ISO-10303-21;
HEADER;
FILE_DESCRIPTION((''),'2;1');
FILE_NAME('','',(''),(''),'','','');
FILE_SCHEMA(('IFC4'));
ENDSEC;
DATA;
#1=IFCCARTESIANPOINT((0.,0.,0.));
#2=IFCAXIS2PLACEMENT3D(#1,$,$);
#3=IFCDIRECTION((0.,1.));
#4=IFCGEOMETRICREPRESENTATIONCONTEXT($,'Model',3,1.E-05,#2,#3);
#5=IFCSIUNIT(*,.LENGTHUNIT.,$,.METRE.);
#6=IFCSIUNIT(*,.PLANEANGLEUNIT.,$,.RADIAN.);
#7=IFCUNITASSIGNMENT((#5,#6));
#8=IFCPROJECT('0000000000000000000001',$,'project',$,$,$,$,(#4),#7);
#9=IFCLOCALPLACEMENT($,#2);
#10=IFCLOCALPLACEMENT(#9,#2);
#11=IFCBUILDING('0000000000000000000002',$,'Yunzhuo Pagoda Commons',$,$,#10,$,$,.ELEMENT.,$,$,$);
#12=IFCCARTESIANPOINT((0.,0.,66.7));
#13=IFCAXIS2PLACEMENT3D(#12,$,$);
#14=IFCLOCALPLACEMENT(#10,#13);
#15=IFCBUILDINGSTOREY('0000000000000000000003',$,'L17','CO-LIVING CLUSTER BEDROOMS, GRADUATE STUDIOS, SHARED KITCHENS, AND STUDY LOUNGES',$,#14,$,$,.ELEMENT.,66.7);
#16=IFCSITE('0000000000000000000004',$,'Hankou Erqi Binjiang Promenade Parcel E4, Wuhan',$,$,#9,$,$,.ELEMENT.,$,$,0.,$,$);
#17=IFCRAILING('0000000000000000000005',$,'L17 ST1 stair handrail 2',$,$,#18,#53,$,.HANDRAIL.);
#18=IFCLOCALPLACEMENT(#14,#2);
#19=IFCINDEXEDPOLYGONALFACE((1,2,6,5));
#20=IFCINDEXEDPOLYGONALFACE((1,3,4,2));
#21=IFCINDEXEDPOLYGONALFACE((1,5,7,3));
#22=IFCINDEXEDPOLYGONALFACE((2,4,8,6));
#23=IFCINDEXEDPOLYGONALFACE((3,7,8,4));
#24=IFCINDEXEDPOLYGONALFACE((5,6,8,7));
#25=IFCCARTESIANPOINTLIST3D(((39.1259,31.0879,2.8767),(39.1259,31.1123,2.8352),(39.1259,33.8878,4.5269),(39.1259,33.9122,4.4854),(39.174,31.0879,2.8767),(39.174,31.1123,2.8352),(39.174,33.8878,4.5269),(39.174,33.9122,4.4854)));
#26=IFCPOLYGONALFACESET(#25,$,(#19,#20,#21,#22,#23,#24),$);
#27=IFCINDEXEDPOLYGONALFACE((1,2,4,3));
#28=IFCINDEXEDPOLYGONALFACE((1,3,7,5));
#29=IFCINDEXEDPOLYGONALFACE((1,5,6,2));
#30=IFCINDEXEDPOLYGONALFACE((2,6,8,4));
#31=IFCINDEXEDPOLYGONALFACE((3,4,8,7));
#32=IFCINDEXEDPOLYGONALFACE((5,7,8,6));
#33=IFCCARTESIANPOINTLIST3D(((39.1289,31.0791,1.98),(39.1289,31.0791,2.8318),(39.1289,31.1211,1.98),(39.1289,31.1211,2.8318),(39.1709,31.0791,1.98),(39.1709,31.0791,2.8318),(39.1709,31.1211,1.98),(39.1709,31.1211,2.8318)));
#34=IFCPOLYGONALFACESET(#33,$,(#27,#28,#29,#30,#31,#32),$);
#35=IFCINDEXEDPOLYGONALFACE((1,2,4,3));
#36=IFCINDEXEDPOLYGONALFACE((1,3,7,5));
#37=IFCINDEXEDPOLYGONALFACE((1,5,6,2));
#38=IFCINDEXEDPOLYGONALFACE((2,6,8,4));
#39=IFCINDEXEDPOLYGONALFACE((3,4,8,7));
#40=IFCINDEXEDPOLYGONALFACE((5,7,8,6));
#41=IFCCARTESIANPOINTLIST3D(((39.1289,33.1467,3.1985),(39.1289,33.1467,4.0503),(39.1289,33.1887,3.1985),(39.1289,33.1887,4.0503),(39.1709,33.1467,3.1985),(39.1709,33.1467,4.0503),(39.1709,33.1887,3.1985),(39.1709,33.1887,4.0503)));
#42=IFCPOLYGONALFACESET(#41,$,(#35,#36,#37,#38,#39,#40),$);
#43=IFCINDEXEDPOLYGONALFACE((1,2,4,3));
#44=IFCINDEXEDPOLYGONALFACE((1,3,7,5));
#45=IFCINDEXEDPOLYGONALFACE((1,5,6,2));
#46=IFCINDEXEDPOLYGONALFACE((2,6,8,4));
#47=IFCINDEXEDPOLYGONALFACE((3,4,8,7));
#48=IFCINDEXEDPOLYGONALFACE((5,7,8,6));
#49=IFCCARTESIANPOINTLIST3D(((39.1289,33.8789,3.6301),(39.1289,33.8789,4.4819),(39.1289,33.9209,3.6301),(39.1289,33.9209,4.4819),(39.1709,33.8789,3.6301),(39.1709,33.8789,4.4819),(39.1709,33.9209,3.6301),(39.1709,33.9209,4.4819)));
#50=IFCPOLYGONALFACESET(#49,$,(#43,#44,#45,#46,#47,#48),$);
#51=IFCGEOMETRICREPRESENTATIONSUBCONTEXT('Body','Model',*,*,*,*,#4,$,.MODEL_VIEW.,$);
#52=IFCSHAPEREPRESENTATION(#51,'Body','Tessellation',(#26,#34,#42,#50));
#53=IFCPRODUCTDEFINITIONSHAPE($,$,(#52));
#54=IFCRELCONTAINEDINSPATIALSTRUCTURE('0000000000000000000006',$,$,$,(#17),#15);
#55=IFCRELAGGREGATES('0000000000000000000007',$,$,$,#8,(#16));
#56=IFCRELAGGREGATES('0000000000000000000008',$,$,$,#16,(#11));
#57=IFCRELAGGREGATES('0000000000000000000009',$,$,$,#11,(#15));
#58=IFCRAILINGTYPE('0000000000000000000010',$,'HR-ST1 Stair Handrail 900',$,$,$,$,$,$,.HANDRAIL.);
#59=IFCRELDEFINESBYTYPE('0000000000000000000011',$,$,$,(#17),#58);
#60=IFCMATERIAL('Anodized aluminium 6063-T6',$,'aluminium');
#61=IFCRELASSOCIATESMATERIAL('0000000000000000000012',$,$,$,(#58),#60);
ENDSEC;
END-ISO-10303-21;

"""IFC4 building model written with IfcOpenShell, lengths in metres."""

from ifc_helpers import new_model, si_unit, direction, frame, origin, origin_2d, place, context, subcontext, project, spatial, rectangle, extrude, material, type_object, element, save


model = new_model("IFC4")

# Units and contexts
model_context = context("Model", 3, precision=1e-05, world=origin(), true_north=direction((0.0, 1.0)))
body_context = subcontext(model_context, "Body", "Model", "MODEL_VIEW")
ifc_project = project(units=[si_unit("LENGTHUNIT", "METRE"), si_unit("PLANEANGLEUNIT", "RADIAN")], contexts=[model_context])

# Site, building, storey
site_placement = place(None, origin())
site = spatial("IfcSite", under=ifc_project, at=site_placement, Name="Hankou Erqi Binjiang Promenade Parcel E4, Wuhan", CompositionType="ELEMENT", RefElevation=0.0)
building_placement = place(site_placement, origin())
building = spatial("IfcBuilding", under=site, at=building_placement, Name="Yunzhuo Pagoda Commons", CompositionType="ELEMENT")
storey_placement = place(building_placement, frame((0.0, 0.0, 66.7)))
storey = spatial("IfcBuildingStorey", under=building, at=storey_placement, Name="L17", Description="CO-LIVING CLUSTER BEDROOMS, GRADUATE STUDIOS, SHARED KITCHENS, AND STUDY LOUNGES", CompositionType="ELEMENT", Elevation=66.7)

# Railing
ifc_material_1 = material(Name="Anodized aluminium 6063-T6", Category="aluminium")
railing_type_1 = type_object("IfcRailingType", Name="HR-ST1 Stair Handrail 900", PredefinedType="HANDRAIL", material=ifc_material_1)
railing_1_placement = place(storey_placement, frame((39.1499, 31.1001, 1.98)))
element("IfcRailing", 1, at=railing_1_placement, inside=storey, type_object=railing_type_1, Name="L17 ST1 stair handrail 2", PredefinedType="HANDRAIL", context=body_context, shape_type="SweptSolid", body=[
    extrude(rectangle(XDim=0.0481, YDim=0.0481, at=origin_2d()), frame((0.0, 0.0, 0.876), z_axis=(0.0, 0.861503, 0.507752), x_axis=(-1.0, 0.0, 0.0)), (0.0, 0.0, 1.0), 3.25),
    extrude(rectangle(XDim=0.042, YDim=0.042, at=origin_2d()), origin(), (0.0, 0.0, 1.0), 0.8518),
    extrude(rectangle(XDim=0.042, YDim=0.042, at=origin_2d()), frame((0.0, 2.0676, 1.2185)), (0.0, 0.0, 1.0), 0.8518),
    extrude(rectangle(XDim=0.042, YDim=0.042, at=origin_2d()), frame((0.0, 2.7998, 1.6501)), (0.0, 0.0, 1.0), 0.8518),
])

save(model, "model.ifc")
